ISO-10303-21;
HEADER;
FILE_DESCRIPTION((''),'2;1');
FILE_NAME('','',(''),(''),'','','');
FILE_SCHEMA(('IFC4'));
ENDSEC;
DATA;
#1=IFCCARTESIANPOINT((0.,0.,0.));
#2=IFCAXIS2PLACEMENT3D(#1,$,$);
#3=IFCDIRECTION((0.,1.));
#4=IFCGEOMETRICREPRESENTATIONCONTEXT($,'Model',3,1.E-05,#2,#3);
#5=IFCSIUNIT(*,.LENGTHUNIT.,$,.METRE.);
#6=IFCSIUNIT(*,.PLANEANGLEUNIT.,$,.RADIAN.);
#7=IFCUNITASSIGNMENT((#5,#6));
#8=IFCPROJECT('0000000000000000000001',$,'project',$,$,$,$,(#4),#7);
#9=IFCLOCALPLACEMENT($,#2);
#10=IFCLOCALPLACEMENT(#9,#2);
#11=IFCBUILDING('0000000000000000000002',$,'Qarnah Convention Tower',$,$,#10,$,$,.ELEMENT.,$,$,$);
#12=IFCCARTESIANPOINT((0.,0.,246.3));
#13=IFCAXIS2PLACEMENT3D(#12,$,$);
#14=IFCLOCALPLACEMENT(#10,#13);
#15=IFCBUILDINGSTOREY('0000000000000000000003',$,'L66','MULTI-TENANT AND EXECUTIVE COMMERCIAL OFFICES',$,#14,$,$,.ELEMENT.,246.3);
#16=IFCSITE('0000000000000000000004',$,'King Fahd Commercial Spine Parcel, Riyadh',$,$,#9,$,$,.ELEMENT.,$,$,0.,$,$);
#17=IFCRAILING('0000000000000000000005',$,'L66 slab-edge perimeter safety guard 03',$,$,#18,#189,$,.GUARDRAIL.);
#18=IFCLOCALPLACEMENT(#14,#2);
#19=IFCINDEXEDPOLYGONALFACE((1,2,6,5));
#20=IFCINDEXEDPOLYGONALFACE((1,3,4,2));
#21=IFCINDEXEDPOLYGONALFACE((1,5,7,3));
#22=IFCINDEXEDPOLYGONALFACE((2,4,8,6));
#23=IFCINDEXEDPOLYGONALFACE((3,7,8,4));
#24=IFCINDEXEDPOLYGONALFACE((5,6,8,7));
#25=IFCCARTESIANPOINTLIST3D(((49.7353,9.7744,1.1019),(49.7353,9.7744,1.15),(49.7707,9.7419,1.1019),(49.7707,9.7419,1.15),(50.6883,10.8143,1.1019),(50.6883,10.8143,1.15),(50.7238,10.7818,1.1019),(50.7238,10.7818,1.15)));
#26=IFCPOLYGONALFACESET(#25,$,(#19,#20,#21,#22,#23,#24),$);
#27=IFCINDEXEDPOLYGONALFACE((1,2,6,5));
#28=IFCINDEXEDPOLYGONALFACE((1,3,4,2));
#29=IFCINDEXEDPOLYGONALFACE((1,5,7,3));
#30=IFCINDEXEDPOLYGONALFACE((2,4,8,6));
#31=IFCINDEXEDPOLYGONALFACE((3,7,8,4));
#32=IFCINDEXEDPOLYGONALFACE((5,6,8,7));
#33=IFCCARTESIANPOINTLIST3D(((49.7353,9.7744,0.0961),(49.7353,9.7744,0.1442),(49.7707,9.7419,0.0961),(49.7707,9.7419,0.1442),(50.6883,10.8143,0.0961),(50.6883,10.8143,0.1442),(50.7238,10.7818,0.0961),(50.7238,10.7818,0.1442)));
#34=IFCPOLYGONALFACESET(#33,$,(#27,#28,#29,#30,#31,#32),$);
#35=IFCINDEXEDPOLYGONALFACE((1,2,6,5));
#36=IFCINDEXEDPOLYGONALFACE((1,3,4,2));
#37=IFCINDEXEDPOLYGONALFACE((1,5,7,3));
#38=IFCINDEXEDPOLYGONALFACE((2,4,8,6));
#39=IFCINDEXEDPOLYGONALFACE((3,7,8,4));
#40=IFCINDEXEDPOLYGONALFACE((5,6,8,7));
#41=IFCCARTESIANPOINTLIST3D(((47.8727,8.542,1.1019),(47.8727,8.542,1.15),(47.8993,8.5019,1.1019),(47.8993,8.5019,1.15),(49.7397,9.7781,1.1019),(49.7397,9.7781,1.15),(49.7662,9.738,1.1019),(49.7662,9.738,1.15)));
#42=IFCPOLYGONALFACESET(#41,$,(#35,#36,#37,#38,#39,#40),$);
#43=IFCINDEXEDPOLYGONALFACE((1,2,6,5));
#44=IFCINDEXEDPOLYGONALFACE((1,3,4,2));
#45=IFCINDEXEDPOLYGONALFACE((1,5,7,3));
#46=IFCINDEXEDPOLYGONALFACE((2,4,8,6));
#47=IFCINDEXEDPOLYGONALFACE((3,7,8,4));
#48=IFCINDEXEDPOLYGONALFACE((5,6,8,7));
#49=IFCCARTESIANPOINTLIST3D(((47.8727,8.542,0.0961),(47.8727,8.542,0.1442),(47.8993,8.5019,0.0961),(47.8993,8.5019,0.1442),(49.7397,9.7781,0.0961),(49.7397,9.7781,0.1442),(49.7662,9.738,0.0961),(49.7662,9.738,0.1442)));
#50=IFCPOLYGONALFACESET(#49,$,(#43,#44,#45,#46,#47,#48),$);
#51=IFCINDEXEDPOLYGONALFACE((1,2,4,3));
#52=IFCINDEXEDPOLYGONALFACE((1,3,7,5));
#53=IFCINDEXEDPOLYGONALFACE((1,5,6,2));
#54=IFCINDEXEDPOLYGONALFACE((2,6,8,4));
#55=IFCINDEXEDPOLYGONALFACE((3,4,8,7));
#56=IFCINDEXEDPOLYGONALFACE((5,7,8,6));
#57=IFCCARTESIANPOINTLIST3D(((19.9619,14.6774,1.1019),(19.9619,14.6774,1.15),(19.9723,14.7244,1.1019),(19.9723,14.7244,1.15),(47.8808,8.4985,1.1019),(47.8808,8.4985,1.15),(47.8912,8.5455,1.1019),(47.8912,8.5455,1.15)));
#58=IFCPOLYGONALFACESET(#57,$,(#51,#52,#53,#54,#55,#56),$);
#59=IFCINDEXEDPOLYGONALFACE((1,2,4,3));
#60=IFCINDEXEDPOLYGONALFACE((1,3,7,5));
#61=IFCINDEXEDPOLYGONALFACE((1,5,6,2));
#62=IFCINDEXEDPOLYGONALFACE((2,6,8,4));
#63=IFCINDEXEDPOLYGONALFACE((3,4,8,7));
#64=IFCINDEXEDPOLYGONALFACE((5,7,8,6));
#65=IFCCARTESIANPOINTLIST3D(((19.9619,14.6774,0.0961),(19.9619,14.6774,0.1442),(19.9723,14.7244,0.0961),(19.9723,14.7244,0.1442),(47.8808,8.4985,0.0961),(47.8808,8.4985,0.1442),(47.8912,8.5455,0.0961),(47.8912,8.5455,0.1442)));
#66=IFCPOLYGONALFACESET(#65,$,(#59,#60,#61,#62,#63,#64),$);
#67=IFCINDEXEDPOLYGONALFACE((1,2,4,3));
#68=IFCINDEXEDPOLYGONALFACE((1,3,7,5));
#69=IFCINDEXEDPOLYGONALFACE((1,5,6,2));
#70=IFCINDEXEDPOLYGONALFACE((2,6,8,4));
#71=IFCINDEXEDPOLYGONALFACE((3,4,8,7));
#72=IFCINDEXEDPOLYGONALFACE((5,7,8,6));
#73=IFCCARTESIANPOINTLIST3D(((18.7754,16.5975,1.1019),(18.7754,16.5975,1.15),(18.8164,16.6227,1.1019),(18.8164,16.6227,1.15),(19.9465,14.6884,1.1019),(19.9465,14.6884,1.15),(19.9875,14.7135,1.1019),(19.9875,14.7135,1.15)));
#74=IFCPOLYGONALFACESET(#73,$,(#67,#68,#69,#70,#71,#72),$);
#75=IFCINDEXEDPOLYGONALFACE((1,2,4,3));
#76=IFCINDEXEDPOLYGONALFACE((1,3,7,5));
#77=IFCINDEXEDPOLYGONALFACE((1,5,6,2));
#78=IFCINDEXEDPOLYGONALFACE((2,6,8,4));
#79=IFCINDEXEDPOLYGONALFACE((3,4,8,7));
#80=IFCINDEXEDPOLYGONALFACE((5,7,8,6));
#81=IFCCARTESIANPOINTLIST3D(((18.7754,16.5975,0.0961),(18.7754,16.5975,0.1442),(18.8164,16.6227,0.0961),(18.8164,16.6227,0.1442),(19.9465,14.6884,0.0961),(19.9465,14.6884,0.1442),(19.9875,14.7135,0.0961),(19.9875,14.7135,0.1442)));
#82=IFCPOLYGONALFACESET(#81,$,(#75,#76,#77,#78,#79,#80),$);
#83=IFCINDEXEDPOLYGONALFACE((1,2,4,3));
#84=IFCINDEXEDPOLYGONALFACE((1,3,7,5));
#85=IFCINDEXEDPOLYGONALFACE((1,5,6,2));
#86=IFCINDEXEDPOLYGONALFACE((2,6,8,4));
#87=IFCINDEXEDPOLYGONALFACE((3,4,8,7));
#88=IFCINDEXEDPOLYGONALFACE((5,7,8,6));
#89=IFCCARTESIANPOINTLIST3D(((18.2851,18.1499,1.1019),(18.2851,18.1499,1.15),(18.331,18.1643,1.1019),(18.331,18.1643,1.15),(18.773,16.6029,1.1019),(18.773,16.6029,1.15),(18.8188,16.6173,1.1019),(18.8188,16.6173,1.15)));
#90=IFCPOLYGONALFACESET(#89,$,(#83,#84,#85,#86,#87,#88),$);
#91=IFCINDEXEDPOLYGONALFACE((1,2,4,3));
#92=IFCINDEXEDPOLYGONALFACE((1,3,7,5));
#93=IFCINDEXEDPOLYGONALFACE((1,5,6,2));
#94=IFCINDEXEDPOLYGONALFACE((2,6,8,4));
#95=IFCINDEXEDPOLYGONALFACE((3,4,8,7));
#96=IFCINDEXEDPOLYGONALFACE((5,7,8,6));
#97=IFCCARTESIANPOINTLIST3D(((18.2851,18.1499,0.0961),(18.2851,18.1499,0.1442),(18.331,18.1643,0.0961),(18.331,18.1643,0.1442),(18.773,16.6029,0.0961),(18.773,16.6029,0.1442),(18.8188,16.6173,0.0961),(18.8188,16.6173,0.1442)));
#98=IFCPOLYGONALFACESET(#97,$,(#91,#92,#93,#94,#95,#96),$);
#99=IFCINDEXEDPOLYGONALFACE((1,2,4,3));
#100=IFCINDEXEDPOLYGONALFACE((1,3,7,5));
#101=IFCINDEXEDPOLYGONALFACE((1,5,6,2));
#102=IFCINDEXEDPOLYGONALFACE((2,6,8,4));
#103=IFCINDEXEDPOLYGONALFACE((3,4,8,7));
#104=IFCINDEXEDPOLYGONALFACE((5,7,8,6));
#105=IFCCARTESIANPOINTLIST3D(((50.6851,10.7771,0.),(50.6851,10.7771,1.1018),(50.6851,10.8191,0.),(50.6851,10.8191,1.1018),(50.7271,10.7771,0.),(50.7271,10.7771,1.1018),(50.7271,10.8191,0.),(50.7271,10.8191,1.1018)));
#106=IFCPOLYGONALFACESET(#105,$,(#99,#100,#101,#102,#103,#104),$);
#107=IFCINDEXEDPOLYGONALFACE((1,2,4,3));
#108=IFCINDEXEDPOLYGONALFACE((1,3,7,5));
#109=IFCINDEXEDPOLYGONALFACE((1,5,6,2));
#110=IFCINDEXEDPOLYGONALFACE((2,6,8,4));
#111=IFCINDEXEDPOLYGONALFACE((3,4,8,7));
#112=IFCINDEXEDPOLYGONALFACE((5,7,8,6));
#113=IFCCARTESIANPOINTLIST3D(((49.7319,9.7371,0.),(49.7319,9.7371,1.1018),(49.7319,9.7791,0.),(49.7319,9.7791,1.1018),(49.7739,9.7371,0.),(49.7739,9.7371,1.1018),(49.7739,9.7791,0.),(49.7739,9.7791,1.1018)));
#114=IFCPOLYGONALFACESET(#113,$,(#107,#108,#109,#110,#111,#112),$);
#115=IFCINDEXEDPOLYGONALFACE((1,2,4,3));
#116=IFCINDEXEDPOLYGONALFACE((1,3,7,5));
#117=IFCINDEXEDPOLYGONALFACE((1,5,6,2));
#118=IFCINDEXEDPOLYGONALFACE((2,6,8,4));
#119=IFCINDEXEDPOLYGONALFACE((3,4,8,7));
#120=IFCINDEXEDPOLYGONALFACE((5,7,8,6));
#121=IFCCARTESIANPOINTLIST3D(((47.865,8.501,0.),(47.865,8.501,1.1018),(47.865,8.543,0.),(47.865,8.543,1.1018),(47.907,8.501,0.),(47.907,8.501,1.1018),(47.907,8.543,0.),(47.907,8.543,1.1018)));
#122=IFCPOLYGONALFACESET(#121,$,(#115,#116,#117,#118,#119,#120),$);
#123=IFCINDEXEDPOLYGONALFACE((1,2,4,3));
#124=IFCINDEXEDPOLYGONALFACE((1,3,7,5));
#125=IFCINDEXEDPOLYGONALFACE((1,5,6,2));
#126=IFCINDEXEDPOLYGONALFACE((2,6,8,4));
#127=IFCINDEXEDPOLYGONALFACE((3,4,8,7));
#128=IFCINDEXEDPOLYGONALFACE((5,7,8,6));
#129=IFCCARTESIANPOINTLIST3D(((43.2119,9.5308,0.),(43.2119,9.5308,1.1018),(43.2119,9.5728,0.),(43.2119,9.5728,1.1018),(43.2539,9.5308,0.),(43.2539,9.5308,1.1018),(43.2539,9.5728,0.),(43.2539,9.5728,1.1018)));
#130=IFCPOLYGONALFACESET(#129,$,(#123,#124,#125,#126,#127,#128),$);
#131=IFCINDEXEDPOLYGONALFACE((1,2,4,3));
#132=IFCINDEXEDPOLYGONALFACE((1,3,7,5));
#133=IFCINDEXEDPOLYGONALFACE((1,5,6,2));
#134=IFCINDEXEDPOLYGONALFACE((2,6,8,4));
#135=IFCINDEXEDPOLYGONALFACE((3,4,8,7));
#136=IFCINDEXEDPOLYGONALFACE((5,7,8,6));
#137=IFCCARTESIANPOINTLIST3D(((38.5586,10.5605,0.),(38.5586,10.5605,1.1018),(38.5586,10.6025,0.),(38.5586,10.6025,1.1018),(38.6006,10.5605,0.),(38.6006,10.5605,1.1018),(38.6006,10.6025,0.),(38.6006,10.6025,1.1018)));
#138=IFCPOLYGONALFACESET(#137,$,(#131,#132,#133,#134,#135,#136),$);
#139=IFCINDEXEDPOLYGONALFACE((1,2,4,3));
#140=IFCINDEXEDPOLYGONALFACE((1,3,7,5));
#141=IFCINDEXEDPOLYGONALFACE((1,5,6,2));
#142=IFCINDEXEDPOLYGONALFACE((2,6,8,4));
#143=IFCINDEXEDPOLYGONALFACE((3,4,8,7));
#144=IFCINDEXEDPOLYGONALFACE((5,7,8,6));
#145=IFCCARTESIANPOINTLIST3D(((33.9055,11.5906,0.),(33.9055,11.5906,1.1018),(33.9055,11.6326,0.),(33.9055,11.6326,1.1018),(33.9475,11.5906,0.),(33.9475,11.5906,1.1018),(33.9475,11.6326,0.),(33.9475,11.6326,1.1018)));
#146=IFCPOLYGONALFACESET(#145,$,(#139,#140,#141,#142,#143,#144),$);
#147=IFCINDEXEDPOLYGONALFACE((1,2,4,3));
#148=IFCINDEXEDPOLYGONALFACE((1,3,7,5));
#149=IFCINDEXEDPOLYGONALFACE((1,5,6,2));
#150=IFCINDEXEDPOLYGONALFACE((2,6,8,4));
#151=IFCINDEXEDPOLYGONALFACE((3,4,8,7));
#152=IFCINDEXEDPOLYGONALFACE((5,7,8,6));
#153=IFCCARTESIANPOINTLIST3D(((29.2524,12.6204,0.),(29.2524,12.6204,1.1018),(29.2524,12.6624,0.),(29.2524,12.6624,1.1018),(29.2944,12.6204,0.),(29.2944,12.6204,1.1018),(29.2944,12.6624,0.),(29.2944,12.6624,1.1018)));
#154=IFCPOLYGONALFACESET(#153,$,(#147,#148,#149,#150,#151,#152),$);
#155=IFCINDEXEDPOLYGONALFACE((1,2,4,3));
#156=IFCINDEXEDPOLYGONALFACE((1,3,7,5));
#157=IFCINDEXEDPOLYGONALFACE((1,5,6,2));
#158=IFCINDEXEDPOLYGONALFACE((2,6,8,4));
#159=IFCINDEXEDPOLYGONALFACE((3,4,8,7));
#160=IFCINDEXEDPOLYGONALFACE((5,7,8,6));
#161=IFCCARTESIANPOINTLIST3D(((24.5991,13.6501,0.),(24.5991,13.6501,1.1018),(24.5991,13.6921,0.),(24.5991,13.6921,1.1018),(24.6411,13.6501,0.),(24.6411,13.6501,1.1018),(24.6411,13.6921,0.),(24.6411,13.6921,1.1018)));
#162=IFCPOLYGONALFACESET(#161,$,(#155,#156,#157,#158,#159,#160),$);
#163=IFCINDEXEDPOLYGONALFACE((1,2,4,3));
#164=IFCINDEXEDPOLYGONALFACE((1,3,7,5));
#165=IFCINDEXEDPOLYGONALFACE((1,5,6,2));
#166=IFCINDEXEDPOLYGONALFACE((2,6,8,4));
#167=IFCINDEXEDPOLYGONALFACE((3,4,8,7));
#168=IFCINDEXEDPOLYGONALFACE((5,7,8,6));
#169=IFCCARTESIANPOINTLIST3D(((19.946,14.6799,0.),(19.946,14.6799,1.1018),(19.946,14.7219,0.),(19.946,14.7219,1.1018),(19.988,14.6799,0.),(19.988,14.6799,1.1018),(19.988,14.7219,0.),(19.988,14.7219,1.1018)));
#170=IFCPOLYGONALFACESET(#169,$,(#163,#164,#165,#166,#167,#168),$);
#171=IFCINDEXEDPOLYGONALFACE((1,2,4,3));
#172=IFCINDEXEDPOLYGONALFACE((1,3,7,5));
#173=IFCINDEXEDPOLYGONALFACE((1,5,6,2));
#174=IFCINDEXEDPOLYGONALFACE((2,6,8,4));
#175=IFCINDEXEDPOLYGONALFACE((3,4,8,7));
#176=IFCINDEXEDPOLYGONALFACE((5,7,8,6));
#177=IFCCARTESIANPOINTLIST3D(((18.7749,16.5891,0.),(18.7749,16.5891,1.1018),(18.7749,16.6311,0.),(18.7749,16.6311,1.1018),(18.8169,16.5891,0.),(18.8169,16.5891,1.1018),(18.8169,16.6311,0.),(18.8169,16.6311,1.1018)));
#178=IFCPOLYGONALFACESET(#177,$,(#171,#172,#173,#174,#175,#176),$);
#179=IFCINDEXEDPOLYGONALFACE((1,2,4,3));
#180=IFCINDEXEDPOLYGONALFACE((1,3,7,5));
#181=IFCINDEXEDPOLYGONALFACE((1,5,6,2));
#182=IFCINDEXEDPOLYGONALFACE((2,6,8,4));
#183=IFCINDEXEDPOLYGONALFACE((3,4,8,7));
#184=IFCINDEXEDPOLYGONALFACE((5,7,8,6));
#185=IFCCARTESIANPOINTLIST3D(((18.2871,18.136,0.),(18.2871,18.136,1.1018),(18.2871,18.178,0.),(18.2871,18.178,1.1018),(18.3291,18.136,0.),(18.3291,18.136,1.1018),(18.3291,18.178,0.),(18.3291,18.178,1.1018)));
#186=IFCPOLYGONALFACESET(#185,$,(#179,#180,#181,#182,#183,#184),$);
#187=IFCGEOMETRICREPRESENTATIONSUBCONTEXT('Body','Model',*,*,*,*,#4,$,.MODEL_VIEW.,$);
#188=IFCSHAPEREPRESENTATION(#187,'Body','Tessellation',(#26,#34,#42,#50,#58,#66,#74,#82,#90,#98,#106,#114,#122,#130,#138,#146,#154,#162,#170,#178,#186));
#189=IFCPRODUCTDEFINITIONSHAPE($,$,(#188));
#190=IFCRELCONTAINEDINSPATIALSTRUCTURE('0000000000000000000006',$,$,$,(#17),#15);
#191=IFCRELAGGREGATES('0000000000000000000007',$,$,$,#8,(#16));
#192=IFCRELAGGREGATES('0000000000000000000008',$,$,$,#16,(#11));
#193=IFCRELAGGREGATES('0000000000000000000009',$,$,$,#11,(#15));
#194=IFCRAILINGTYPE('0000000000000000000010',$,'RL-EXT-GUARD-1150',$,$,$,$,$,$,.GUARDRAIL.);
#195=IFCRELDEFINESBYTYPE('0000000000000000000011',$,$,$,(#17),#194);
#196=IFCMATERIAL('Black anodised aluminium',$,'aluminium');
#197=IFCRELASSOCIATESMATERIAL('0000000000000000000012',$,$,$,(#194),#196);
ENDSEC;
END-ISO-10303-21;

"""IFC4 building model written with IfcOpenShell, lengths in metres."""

from ifc_helpers import new_model, si_unit, direction, frame, origin, origin_2d, place, context, subcontext, project, spatial, rectangle, extrude, material, type_object, element, save


model = new_model("IFC4")

# Units and contexts
model_context = context("Model", 3, precision=1e-05, world=origin(), true_north=direction((0.0, 1.0)))
body_context = subcontext(model_context, "Body", "Model", "MODEL_VIEW")
ifc_project = project(units=[si_unit("LENGTHUNIT", "METRE"), si_unit("PLANEANGLEUNIT", "RADIAN")], contexts=[model_context])

# Site, building, storey
site_placement = place(None, origin())
site = spatial("IfcSite", under=ifc_project, at=site_placement, Name="King Fahd Commercial Spine Parcel, Riyadh", CompositionType="ELEMENT", RefElevation=0.0)
building_placement = place(site_placement, origin())
building = spatial("IfcBuilding", under=site, at=building_placement, Name="Qarnah Convention Tower", CompositionType="ELEMENT")
storey_placement = place(building_placement, frame((0.0, 0.0, 246.3)))
storey = spatial("IfcBuildingStorey", under=building, at=storey_placement, Name="L66", Description="MULTI-TENANT AND EXECUTIVE COMMERCIAL OFFICES", CompositionType="ELEMENT", Elevation=246.3)

# Shared definitions
ifc_material_1 = material(Name="Black anodised aluminium", Category="aluminium")

# Railing
railing_type = type_object("IfcRailingType", Name="RL-EXT-GUARD-1150", PredefinedType="GUARDRAIL", material=ifc_material_1)
railing_1_placement = place(storey_placement, frame((50.7061, 10.7981, 0.0)))
element("IfcRailing", 1, at=railing_1_placement, inside=storey, type_object=railing_type, Name="L66 slab-edge perimeter safety guard 03", PredefinedType="GUARDRAIL", context=body_context, shape_type="SweptSolid", body=[
    extrude(rectangle(XDim=0.0481, YDim=0.0481, at=origin_2d()), frame((0.0, 0.0, 1.126), z_axis=(-0.675631, -0.73724, 0.0), x_axis=(0.73724, -0.675631, 0.0)), (0.0, 0.0, 1.0), 1.4106),
    extrude(rectangle(XDim=0.0481, YDim=0.0481, at=origin_2d()), frame((0.0, 0.0, 0.1201), z_axis=(-0.675631, -0.73724, 0.0), x_axis=(0.73724, -0.675631, 0.0)), (0.0, 0.0, 1.0), 1.4106),
    extrude(rectangle(XDim=0.0481, YDim=0.0481, at=origin_2d()), frame((-0.9531, -1.04, 1.126), z_axis=(-0.833807, -0.552055, 0.0), x_axis=(0.552055, -0.833807, 0.0)), (0.0, 0.0, 1.0), 2.239),
    extrude(rectangle(XDim=0.0481, YDim=0.0481, at=origin_2d()), frame((-0.9531, -1.04, 0.1201), z_axis=(-0.833807, -0.552055, 0.0), x_axis=(0.552055, -0.833807, 0.0)), (0.0, 0.0, 1.0), 2.239),
    extrude(rectangle(XDim=0.0481, YDim=0.0481, at=origin_2d()), frame((-2.8201, -2.2761, 1.126), z_axis=(-0.976374, 0.216089, 0.0), x_axis=(-0.216089, -0.976374, 0.0)), (0.0, 0.0, 1.0), 28.5945),
    extrude(rectangle(XDim=0.0481, YDim=0.0481, at=origin_2d()), frame((-2.8201, -2.2761, 0.1201), z_axis=(-0.976374, 0.216089, 0.0), x_axis=(-0.216089, -0.976374, 0.0)), (0.0, 0.0, 1.0), 28.5945),
    extrude(rectangle(XDim=0.0481, YDim=0.0481, at=origin_2d()), frame((-30.739, 3.9028, 1.126), z_axis=(-0.522887, 0.852402, 0.0), x_axis=(-0.852402, -0.522887, 0.0)), (0.0, 0.0, 1.0), 2.2397),
    extrude(rectangle(XDim=0.0481, YDim=0.0481, at=origin_2d()), frame((-30.739, 3.9028, 0.1201), z_axis=(-0.522887, 0.852402, 0.0), x_axis=(-0.852402, -0.522887, 0.0)), (0.0, 0.0, 1.0), 2.2397),
    extrude(rectangle(XDim=0.0481, YDim=0.0481, at=origin_2d()), frame((-31.9102, 5.812, 1.126), z_axis=(-0.300742, 0.953705, 0.0), x_axis=(-0.953705, -0.300742, 0.0)), (0.0, 0.0, 1.0), 1.6221),
    extrude(rectangle(XDim=0.0481, YDim=0.0481, at=origin_2d()), frame((-31.9102, 5.812, 0.1201), z_axis=(-0.300742, 0.953705, 0.0), x_axis=(-0.953705, -0.300742, 0.0)), (0.0, 0.0, 1.0), 1.6221),
    extrude(rectangle(XDim=0.042, YDim=0.042, at=origin_2d()), origin(), (0.0, 0.0, 1.0), 1.1018),
    extrude(rectangle(XDim=0.042, YDim=0.042, at=origin_2d()), frame((-0.9531, -1.04, 0.0)), (0.0, 0.0, 1.0), 1.1018),
    extrude(rectangle(XDim=0.042, YDim=0.042, at=origin_2d()), frame((-2.8201, -2.2761, 0.0)), (0.0, 0.0, 1.0), 1.1018),
    extrude(rectangle(XDim=0.042, YDim=0.042, at=origin_2d()), frame((-7.4731, -1.2463, 0.0)), (0.0, 0.0, 1.0), 1.1018),
    extrude(rectangle(XDim=0.042, YDim=0.042, at=origin_2d()), frame((-12.1265, -0.2166, 0.0)), (0.0, 0.0, 1.0), 1.1018),
    extrude(rectangle(XDim=0.042, YDim=0.042, at=origin_2d()), frame((-16.7795, 0.8135, 0.0)), (0.0, 0.0, 1.0), 1.1018),
    extrude(rectangle(XDim=0.042, YDim=0.042, at=origin_2d()), frame((-21.4326, 1.8433, 0.0)), (0.0, 0.0, 1.0), 1.1018),
    extrude(rectangle(XDim=0.042, YDim=0.042, at=origin_2d()), frame((-26.0859, 2.873, 0.0)), (0.0, 0.0, 1.0), 1.1018),
    extrude(rectangle(XDim=0.042, YDim=0.042, at=origin_2d()), frame((-30.739, 3.9028, 0.0)), (0.0, 0.0, 1.0), 1.1018),
    extrude(rectangle(XDim=0.042, YDim=0.042, at=origin_2d()), frame((-31.9102, 5.812, 0.0)), (0.0, 0.0, 1.0), 1.1018),
    extrude(rectangle(XDim=0.042, YDim=0.042, at=origin_2d()), frame((-32.3979, 7.3589, 0.0)), (0.0, 0.0, 1.0), 1.1018),
])

save(model, "model.ifc")
